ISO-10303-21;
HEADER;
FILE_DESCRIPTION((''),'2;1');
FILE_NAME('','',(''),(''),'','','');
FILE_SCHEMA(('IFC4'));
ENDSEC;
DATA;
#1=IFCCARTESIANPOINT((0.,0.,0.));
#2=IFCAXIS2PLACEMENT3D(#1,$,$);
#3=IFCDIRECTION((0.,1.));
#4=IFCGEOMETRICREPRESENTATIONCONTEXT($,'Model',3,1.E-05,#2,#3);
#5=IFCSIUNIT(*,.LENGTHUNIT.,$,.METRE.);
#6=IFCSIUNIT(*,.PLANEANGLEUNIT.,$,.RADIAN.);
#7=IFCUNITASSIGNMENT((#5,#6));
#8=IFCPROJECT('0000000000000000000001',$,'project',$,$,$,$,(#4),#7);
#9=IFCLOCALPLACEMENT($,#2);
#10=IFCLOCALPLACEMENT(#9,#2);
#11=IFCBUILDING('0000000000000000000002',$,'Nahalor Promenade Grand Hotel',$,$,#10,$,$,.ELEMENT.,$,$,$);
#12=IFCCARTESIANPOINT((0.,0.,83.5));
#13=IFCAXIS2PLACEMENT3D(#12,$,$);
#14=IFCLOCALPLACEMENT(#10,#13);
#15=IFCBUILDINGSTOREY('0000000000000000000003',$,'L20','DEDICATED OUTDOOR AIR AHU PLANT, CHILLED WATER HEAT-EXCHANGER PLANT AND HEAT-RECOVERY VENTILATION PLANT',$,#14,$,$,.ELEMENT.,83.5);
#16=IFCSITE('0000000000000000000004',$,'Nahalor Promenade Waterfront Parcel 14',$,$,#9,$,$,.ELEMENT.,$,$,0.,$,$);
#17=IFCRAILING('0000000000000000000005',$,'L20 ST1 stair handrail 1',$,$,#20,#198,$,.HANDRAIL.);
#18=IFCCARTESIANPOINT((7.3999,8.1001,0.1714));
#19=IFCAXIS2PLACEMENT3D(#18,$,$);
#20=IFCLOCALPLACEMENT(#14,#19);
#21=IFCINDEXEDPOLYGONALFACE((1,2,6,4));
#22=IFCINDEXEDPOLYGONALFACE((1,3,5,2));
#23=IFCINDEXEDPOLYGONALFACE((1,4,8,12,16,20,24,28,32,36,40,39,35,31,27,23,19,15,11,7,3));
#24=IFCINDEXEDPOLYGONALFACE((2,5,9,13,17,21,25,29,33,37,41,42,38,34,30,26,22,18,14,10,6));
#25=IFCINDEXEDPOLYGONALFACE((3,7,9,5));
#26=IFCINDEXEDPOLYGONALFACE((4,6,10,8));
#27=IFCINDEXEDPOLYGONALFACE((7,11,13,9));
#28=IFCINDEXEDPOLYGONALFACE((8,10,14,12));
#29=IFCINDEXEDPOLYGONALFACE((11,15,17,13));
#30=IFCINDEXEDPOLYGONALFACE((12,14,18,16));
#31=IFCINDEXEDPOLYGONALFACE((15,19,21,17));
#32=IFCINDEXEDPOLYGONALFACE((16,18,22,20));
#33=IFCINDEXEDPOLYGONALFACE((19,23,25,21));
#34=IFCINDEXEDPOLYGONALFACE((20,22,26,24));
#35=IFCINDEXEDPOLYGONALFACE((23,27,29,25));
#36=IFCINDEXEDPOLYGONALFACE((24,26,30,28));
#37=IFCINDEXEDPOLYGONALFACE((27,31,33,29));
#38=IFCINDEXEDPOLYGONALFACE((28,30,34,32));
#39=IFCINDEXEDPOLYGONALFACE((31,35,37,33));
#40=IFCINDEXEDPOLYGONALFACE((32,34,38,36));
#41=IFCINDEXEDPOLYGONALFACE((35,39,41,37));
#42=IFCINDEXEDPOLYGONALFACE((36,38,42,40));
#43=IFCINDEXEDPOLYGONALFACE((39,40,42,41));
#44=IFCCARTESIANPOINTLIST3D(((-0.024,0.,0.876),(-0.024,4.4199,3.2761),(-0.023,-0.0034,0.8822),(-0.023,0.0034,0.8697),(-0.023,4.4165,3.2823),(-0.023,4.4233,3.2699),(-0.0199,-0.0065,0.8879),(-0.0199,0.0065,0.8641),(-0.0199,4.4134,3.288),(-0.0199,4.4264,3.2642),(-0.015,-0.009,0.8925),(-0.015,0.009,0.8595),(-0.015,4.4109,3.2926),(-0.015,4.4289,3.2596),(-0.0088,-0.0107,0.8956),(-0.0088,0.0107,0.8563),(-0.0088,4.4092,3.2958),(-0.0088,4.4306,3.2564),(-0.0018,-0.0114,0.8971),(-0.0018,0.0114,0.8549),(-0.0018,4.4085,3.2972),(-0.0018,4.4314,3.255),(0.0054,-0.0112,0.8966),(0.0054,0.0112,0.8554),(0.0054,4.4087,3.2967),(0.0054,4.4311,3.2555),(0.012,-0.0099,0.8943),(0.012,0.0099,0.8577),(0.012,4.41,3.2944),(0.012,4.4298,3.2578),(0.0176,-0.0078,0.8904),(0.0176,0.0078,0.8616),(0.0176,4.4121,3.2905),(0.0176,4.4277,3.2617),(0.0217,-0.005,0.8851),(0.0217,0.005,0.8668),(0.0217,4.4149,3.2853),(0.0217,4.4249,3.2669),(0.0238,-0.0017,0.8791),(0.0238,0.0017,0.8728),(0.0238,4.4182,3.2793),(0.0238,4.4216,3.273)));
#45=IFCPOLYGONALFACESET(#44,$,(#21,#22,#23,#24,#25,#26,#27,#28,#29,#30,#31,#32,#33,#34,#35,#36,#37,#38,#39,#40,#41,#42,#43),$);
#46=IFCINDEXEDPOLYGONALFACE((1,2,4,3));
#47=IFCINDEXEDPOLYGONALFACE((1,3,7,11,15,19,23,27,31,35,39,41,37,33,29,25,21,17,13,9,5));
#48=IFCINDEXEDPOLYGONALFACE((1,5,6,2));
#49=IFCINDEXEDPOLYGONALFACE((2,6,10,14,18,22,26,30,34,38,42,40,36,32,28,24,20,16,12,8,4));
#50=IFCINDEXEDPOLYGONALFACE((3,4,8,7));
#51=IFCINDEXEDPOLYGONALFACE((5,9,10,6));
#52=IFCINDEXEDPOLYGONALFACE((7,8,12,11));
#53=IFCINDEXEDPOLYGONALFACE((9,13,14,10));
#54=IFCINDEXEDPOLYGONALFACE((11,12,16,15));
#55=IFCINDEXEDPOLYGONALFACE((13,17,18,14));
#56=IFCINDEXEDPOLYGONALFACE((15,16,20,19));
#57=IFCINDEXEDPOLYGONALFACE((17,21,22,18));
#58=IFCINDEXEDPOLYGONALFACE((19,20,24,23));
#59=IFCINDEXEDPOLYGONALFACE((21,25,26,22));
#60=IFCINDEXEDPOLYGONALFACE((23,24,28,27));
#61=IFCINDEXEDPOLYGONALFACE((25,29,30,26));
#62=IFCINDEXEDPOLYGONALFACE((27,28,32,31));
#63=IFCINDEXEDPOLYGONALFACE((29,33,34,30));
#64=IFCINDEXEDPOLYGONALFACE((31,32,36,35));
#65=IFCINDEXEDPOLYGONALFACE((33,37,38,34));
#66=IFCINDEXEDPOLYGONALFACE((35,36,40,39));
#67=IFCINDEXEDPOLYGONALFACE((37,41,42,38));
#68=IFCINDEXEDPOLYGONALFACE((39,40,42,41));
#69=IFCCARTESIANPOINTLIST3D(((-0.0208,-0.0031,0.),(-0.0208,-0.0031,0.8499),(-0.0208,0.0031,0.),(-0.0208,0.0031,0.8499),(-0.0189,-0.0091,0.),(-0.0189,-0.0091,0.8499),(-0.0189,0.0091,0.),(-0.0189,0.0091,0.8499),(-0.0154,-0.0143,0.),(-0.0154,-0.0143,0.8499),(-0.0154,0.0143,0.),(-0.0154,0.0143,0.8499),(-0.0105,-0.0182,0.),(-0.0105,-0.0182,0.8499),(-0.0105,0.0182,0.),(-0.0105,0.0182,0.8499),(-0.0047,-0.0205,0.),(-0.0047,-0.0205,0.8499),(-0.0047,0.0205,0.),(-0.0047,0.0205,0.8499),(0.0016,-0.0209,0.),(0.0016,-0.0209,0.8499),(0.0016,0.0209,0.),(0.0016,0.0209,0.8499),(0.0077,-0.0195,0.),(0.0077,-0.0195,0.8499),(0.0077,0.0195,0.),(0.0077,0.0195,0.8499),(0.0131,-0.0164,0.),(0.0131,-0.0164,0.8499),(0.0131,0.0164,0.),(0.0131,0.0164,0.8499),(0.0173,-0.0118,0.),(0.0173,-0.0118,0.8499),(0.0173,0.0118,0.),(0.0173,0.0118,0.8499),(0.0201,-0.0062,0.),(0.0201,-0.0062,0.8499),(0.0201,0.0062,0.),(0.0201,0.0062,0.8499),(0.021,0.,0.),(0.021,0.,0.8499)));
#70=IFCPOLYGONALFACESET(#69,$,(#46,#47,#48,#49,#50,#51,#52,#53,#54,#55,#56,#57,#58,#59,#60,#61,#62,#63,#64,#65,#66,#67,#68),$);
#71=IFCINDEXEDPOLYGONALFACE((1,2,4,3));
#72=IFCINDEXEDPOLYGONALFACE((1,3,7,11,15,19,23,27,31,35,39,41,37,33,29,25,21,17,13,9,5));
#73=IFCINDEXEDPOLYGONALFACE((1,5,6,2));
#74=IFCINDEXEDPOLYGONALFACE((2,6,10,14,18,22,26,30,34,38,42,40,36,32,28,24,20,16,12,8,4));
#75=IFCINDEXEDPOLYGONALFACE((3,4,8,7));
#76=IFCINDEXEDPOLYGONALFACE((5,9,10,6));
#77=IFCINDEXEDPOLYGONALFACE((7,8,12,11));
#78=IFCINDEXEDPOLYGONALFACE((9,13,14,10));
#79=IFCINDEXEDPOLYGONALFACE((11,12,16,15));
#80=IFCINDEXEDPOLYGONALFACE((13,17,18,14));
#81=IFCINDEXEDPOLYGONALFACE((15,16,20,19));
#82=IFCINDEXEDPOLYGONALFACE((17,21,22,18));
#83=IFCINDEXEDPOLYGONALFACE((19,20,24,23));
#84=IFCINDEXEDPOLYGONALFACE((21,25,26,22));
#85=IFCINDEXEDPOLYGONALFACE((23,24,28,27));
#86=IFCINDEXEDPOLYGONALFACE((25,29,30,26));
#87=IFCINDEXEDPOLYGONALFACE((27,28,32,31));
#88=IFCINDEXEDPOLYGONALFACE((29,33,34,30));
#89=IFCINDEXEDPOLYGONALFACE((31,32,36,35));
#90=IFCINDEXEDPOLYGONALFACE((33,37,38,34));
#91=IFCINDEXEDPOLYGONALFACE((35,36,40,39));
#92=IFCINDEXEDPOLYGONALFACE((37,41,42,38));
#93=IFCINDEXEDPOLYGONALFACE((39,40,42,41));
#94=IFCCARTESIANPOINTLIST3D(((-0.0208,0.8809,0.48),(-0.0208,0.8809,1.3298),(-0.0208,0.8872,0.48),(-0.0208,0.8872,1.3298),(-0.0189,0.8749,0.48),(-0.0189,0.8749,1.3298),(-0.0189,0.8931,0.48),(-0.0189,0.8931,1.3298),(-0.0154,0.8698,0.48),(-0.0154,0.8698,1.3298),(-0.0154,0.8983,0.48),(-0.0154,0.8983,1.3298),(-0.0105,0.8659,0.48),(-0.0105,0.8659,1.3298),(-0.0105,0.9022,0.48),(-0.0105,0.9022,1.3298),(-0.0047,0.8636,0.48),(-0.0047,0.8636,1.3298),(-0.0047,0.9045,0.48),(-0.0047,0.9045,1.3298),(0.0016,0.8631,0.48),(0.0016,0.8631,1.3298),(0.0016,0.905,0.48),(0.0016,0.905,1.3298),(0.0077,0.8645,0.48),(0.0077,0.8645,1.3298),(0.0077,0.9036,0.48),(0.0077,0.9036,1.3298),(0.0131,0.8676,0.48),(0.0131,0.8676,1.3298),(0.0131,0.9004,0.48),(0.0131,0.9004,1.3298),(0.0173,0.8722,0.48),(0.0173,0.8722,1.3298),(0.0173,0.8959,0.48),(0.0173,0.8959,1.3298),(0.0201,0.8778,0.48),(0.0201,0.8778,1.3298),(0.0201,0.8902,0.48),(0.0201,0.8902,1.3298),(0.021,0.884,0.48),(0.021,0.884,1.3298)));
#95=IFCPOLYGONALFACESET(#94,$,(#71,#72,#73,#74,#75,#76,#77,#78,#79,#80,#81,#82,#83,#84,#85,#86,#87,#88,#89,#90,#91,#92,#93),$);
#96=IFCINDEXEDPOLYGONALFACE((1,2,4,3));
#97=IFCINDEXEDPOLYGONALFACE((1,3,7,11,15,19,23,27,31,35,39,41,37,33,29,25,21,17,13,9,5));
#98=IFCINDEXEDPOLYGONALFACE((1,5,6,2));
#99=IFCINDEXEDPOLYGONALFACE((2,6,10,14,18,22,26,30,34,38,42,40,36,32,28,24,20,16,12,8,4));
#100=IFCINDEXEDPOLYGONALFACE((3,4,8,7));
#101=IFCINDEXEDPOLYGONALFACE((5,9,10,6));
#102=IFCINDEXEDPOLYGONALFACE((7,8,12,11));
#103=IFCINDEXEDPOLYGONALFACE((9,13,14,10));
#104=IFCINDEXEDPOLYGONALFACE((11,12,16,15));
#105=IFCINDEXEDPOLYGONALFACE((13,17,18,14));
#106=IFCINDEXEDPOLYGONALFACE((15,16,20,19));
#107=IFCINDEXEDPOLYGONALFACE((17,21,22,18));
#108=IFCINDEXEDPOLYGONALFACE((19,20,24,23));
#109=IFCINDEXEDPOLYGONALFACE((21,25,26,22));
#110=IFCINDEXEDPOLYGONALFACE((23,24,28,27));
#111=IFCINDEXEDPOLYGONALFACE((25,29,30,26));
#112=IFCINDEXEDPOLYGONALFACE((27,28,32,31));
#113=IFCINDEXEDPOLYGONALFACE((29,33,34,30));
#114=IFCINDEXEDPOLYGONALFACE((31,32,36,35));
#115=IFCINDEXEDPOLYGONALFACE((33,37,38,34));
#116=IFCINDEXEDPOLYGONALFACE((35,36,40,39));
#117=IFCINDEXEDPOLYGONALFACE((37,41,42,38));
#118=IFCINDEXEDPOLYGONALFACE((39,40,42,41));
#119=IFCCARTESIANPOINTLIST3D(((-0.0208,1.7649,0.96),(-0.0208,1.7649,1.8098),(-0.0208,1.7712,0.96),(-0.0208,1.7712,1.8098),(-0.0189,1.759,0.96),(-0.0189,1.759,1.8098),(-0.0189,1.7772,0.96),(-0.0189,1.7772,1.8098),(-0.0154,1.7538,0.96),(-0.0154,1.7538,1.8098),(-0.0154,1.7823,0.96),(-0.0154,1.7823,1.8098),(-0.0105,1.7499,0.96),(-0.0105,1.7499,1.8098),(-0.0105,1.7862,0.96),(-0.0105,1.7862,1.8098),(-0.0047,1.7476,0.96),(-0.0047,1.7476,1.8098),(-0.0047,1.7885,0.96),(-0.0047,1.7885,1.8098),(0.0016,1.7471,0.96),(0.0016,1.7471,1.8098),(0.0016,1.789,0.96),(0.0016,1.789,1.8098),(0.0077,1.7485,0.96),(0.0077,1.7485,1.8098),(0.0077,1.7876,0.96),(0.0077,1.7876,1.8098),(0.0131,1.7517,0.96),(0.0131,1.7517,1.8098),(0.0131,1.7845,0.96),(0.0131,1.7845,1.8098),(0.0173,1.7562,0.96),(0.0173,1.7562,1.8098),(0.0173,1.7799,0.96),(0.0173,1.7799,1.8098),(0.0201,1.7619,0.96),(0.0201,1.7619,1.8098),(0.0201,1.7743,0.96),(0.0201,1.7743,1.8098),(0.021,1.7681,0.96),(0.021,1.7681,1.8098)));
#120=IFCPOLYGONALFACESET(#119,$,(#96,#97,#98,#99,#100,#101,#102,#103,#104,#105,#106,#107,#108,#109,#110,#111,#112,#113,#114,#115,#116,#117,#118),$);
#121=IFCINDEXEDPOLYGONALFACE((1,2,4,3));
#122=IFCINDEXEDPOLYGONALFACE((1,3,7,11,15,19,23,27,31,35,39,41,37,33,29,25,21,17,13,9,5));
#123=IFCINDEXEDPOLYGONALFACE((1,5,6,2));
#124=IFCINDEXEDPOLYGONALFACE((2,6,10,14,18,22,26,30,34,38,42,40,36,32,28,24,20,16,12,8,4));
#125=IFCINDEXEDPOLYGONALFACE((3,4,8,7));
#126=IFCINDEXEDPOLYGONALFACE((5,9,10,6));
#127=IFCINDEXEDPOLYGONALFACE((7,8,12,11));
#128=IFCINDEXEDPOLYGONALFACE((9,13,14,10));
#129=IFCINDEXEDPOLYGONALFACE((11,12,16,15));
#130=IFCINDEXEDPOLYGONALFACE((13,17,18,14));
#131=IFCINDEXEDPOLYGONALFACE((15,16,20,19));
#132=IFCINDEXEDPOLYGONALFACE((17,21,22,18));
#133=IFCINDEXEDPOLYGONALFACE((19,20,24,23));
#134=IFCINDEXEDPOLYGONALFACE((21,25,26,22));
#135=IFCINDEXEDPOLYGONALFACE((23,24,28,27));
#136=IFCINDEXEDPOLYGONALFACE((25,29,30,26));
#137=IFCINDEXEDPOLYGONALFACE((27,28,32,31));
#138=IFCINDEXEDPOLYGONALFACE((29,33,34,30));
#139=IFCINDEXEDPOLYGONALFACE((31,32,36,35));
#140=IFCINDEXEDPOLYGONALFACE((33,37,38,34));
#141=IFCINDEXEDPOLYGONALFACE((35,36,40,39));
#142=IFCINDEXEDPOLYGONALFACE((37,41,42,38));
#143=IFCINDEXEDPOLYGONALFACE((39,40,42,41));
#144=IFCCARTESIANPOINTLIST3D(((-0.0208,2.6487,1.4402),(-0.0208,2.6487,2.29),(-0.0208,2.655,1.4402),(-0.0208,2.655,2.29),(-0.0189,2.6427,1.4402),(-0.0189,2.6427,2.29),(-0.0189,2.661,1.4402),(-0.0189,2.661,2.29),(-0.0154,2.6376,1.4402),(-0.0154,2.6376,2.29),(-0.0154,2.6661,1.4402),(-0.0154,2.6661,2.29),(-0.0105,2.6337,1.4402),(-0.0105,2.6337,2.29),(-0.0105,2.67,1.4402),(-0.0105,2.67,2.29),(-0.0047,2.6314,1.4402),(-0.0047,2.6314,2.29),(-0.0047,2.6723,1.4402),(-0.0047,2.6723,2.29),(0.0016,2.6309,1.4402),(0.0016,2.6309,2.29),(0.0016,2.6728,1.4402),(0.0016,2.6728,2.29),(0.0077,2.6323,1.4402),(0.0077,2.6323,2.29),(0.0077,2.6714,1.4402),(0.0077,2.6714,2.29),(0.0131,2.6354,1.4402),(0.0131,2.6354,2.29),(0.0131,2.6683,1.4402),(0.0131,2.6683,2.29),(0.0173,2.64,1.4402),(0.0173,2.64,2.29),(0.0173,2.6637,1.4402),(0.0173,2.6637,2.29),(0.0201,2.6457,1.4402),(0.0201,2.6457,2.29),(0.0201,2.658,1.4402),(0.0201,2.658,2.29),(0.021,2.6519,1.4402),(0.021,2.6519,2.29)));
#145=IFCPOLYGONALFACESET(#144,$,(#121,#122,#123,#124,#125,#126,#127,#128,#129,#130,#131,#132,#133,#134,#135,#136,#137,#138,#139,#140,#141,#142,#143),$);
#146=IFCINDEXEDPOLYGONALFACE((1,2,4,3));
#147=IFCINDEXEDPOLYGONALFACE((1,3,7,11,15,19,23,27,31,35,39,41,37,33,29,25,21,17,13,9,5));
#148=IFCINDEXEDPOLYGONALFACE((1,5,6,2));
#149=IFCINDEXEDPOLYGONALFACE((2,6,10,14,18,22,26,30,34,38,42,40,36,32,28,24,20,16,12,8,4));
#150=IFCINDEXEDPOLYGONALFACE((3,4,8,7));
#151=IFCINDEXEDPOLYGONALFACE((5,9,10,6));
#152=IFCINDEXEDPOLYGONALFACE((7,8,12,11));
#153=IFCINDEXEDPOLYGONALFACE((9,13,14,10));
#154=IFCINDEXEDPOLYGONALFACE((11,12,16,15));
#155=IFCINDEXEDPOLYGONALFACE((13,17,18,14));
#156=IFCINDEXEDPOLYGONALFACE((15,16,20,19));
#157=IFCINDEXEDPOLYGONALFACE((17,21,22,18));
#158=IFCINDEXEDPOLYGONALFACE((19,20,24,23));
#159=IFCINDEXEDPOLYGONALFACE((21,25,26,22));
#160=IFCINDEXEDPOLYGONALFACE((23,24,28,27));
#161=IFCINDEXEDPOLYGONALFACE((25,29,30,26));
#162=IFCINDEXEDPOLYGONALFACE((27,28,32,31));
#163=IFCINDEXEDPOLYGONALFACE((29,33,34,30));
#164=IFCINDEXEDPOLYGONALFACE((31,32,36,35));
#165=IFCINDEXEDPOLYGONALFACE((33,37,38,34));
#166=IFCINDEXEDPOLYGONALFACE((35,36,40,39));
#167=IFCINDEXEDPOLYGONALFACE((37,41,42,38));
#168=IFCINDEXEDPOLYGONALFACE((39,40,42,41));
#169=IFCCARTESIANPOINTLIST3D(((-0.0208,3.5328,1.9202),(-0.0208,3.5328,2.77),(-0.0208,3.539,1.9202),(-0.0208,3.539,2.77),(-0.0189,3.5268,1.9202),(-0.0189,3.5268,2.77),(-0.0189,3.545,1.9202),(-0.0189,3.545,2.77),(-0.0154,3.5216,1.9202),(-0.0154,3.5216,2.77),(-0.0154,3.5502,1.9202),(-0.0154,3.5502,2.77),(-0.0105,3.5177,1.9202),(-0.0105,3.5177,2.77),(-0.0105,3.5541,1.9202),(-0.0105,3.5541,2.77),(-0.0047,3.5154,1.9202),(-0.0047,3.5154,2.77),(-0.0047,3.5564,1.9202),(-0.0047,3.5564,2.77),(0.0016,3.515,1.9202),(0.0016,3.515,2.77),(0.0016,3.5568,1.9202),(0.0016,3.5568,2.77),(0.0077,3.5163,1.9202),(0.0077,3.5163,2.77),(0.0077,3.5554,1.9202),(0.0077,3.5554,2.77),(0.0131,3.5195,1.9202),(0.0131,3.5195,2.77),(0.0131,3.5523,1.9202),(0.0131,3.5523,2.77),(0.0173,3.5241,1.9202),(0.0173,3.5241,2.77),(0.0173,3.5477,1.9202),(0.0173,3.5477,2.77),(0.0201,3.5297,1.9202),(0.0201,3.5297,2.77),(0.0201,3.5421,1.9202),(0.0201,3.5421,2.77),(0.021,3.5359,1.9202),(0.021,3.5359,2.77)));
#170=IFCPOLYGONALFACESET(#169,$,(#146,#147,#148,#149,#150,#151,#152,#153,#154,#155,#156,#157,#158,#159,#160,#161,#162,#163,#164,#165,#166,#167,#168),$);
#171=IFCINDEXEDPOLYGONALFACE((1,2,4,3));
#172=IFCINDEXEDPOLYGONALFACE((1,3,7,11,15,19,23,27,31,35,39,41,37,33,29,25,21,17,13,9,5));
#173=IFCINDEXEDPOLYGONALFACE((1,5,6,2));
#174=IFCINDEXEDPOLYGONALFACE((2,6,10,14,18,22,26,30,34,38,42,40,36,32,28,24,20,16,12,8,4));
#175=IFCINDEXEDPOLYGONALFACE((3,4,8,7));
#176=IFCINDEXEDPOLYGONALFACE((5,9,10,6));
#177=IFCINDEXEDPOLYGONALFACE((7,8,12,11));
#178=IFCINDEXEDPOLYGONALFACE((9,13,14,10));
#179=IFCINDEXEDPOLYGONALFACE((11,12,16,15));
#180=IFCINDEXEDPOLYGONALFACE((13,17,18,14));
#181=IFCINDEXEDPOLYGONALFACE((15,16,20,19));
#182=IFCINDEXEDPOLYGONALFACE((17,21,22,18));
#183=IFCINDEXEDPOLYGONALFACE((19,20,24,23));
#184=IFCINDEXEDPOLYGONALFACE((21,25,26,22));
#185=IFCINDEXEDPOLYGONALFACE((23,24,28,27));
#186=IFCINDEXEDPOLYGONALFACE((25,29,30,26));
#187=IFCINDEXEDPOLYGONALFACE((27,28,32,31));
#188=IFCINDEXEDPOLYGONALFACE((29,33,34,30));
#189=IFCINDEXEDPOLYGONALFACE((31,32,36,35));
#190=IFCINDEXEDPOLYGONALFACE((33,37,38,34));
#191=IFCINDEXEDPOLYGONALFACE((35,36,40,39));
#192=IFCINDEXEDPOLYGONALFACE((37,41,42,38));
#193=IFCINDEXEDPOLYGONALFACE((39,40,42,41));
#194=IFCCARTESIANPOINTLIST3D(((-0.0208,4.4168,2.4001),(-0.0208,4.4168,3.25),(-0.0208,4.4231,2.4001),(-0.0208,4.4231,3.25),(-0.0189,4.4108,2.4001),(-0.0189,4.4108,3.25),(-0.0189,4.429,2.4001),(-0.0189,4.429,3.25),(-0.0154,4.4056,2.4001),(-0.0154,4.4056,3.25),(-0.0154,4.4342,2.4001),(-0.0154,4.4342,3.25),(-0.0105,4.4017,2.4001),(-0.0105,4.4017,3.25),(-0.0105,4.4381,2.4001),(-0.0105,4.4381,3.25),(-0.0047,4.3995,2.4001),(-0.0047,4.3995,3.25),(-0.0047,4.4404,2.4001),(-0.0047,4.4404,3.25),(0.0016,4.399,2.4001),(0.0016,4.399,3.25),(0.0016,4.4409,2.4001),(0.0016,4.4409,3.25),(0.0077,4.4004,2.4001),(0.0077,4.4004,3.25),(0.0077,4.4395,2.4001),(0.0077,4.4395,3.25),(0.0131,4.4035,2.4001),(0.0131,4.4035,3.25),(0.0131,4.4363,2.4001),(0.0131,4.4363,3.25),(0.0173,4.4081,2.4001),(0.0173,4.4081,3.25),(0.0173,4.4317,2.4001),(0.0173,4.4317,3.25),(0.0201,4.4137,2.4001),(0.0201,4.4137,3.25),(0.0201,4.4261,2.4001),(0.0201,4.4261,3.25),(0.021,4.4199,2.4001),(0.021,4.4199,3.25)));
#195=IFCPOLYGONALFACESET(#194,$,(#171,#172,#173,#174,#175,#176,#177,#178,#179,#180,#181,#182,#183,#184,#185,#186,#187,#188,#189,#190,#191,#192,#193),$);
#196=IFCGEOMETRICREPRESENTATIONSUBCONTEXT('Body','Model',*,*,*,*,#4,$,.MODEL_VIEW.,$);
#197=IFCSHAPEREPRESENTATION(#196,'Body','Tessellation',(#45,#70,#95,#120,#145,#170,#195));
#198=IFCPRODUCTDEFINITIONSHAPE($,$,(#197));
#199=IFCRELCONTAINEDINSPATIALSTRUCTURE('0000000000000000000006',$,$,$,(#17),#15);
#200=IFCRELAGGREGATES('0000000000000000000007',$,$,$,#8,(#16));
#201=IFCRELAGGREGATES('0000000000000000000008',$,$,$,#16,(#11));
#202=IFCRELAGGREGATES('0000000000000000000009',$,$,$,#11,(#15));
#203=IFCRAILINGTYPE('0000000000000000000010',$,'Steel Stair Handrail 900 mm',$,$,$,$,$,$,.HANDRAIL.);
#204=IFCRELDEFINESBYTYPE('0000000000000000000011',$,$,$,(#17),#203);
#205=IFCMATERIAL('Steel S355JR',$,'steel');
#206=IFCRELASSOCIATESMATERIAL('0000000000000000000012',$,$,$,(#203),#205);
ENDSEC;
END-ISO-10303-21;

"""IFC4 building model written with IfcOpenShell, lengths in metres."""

from ifc_helpers import new_model, si_unit, direction, frame, origin, origin_2d, place, context, subcontext, project, spatial, circle, extrude, material, type_object, element, save


model = new_model("IFC4")

# Units and contexts
model_context = context("Model", 3, precision=1e-05, world=origin(), true_north=direction((0.0, 1.0)))
body_context = subcontext(model_context, "Body", "Model", "MODEL_VIEW")
ifc_project = project(units=[si_unit("LENGTHUNIT", "METRE"), si_unit("PLANEANGLEUNIT", "RADIAN")], contexts=[model_context])

# Site, building, storey
site_placement = place(None, origin())
site = spatial("IfcSite", under=ifc_project, at=site_placement, Name="Nahalor Promenade Waterfront Parcel 14", CompositionType="ELEMENT", RefElevation=0.0)
building_placement = place(site_placement, origin())
building = spatial("IfcBuilding", under=site, at=building_placement, Name="Nahalor Promenade Grand Hotel", CompositionType="ELEMENT")
storey_placement = place(building_placement, frame((0.0, 0.0, 83.5)))
storey = spatial("IfcBuildingStorey", under=building, at=storey_placement, Name="L20", Description="DEDICATED OUTDOOR AIR AHU PLANT, CHILLED WATER HEAT-EXCHANGER PLANT AND HEAT-RECOVERY VENTILATION PLANT", CompositionType="ELEMENT", Elevation=83.5)

# Shared definitions
ifc_material_1 = material(Name="Steel S355JR", Category="steel")

# Railing
railing_type_1 = type_object("IfcRailingType", Name="Steel Stair Handrail 900 mm", PredefinedType="HANDRAIL", material=ifc_material_1)
railing_1_placement = place(storey_placement, frame((7.3999, 8.1001, 0.1714)))
element("IfcRailing", 1, at=railing_1_placement, inside=storey, type_object=railing_type_1, Name="L20 ST1 stair handrail 1", PredefinedType="HANDRAIL", context=body_context, shape_type="SweptSolid", body=[
    extrude(circle(Radius=0.024, at=origin_2d()), frame((0.0, 0.0, 0.876), z_axis=(0.0, 0.87879, 0.477209), x_axis=(-1.0, 0.0, 0.0)), (0.0, 0.0, 1.0), 5.0295),
    extrude(circle(Radius=0.021, at=origin_2d()), origin(), (0.0, 0.0, 1.0), 0.8499),
    extrude(circle(Radius=0.021, at=origin_2d()), frame((0.0, 0.884, 0.48)), (0.0, 0.0, 1.0), 0.8499),
    extrude(circle(Radius=0.021, at=origin_2d()), frame((0.0, 1.7681, 0.96)), (0.0, 0.0, 1.0), 0.8499),
    extrude(circle(Radius=0.021, at=origin_2d()), frame((0.0, 2.6519, 1.4402)), (0.0, 0.0, 1.0), 0.8499),
    extrude(circle(Radius=0.021, at=origin_2d()), frame((0.0, 3.5359, 1.9202)), (0.0, 0.0, 1.0), 0.8499),
    extrude(circle(Radius=0.021, at=origin_2d()), frame((0.0, 4.4199, 2.4001)), (0.0, 0.0, 1.0), 0.8499),
])

save(model, "model.ifc")
